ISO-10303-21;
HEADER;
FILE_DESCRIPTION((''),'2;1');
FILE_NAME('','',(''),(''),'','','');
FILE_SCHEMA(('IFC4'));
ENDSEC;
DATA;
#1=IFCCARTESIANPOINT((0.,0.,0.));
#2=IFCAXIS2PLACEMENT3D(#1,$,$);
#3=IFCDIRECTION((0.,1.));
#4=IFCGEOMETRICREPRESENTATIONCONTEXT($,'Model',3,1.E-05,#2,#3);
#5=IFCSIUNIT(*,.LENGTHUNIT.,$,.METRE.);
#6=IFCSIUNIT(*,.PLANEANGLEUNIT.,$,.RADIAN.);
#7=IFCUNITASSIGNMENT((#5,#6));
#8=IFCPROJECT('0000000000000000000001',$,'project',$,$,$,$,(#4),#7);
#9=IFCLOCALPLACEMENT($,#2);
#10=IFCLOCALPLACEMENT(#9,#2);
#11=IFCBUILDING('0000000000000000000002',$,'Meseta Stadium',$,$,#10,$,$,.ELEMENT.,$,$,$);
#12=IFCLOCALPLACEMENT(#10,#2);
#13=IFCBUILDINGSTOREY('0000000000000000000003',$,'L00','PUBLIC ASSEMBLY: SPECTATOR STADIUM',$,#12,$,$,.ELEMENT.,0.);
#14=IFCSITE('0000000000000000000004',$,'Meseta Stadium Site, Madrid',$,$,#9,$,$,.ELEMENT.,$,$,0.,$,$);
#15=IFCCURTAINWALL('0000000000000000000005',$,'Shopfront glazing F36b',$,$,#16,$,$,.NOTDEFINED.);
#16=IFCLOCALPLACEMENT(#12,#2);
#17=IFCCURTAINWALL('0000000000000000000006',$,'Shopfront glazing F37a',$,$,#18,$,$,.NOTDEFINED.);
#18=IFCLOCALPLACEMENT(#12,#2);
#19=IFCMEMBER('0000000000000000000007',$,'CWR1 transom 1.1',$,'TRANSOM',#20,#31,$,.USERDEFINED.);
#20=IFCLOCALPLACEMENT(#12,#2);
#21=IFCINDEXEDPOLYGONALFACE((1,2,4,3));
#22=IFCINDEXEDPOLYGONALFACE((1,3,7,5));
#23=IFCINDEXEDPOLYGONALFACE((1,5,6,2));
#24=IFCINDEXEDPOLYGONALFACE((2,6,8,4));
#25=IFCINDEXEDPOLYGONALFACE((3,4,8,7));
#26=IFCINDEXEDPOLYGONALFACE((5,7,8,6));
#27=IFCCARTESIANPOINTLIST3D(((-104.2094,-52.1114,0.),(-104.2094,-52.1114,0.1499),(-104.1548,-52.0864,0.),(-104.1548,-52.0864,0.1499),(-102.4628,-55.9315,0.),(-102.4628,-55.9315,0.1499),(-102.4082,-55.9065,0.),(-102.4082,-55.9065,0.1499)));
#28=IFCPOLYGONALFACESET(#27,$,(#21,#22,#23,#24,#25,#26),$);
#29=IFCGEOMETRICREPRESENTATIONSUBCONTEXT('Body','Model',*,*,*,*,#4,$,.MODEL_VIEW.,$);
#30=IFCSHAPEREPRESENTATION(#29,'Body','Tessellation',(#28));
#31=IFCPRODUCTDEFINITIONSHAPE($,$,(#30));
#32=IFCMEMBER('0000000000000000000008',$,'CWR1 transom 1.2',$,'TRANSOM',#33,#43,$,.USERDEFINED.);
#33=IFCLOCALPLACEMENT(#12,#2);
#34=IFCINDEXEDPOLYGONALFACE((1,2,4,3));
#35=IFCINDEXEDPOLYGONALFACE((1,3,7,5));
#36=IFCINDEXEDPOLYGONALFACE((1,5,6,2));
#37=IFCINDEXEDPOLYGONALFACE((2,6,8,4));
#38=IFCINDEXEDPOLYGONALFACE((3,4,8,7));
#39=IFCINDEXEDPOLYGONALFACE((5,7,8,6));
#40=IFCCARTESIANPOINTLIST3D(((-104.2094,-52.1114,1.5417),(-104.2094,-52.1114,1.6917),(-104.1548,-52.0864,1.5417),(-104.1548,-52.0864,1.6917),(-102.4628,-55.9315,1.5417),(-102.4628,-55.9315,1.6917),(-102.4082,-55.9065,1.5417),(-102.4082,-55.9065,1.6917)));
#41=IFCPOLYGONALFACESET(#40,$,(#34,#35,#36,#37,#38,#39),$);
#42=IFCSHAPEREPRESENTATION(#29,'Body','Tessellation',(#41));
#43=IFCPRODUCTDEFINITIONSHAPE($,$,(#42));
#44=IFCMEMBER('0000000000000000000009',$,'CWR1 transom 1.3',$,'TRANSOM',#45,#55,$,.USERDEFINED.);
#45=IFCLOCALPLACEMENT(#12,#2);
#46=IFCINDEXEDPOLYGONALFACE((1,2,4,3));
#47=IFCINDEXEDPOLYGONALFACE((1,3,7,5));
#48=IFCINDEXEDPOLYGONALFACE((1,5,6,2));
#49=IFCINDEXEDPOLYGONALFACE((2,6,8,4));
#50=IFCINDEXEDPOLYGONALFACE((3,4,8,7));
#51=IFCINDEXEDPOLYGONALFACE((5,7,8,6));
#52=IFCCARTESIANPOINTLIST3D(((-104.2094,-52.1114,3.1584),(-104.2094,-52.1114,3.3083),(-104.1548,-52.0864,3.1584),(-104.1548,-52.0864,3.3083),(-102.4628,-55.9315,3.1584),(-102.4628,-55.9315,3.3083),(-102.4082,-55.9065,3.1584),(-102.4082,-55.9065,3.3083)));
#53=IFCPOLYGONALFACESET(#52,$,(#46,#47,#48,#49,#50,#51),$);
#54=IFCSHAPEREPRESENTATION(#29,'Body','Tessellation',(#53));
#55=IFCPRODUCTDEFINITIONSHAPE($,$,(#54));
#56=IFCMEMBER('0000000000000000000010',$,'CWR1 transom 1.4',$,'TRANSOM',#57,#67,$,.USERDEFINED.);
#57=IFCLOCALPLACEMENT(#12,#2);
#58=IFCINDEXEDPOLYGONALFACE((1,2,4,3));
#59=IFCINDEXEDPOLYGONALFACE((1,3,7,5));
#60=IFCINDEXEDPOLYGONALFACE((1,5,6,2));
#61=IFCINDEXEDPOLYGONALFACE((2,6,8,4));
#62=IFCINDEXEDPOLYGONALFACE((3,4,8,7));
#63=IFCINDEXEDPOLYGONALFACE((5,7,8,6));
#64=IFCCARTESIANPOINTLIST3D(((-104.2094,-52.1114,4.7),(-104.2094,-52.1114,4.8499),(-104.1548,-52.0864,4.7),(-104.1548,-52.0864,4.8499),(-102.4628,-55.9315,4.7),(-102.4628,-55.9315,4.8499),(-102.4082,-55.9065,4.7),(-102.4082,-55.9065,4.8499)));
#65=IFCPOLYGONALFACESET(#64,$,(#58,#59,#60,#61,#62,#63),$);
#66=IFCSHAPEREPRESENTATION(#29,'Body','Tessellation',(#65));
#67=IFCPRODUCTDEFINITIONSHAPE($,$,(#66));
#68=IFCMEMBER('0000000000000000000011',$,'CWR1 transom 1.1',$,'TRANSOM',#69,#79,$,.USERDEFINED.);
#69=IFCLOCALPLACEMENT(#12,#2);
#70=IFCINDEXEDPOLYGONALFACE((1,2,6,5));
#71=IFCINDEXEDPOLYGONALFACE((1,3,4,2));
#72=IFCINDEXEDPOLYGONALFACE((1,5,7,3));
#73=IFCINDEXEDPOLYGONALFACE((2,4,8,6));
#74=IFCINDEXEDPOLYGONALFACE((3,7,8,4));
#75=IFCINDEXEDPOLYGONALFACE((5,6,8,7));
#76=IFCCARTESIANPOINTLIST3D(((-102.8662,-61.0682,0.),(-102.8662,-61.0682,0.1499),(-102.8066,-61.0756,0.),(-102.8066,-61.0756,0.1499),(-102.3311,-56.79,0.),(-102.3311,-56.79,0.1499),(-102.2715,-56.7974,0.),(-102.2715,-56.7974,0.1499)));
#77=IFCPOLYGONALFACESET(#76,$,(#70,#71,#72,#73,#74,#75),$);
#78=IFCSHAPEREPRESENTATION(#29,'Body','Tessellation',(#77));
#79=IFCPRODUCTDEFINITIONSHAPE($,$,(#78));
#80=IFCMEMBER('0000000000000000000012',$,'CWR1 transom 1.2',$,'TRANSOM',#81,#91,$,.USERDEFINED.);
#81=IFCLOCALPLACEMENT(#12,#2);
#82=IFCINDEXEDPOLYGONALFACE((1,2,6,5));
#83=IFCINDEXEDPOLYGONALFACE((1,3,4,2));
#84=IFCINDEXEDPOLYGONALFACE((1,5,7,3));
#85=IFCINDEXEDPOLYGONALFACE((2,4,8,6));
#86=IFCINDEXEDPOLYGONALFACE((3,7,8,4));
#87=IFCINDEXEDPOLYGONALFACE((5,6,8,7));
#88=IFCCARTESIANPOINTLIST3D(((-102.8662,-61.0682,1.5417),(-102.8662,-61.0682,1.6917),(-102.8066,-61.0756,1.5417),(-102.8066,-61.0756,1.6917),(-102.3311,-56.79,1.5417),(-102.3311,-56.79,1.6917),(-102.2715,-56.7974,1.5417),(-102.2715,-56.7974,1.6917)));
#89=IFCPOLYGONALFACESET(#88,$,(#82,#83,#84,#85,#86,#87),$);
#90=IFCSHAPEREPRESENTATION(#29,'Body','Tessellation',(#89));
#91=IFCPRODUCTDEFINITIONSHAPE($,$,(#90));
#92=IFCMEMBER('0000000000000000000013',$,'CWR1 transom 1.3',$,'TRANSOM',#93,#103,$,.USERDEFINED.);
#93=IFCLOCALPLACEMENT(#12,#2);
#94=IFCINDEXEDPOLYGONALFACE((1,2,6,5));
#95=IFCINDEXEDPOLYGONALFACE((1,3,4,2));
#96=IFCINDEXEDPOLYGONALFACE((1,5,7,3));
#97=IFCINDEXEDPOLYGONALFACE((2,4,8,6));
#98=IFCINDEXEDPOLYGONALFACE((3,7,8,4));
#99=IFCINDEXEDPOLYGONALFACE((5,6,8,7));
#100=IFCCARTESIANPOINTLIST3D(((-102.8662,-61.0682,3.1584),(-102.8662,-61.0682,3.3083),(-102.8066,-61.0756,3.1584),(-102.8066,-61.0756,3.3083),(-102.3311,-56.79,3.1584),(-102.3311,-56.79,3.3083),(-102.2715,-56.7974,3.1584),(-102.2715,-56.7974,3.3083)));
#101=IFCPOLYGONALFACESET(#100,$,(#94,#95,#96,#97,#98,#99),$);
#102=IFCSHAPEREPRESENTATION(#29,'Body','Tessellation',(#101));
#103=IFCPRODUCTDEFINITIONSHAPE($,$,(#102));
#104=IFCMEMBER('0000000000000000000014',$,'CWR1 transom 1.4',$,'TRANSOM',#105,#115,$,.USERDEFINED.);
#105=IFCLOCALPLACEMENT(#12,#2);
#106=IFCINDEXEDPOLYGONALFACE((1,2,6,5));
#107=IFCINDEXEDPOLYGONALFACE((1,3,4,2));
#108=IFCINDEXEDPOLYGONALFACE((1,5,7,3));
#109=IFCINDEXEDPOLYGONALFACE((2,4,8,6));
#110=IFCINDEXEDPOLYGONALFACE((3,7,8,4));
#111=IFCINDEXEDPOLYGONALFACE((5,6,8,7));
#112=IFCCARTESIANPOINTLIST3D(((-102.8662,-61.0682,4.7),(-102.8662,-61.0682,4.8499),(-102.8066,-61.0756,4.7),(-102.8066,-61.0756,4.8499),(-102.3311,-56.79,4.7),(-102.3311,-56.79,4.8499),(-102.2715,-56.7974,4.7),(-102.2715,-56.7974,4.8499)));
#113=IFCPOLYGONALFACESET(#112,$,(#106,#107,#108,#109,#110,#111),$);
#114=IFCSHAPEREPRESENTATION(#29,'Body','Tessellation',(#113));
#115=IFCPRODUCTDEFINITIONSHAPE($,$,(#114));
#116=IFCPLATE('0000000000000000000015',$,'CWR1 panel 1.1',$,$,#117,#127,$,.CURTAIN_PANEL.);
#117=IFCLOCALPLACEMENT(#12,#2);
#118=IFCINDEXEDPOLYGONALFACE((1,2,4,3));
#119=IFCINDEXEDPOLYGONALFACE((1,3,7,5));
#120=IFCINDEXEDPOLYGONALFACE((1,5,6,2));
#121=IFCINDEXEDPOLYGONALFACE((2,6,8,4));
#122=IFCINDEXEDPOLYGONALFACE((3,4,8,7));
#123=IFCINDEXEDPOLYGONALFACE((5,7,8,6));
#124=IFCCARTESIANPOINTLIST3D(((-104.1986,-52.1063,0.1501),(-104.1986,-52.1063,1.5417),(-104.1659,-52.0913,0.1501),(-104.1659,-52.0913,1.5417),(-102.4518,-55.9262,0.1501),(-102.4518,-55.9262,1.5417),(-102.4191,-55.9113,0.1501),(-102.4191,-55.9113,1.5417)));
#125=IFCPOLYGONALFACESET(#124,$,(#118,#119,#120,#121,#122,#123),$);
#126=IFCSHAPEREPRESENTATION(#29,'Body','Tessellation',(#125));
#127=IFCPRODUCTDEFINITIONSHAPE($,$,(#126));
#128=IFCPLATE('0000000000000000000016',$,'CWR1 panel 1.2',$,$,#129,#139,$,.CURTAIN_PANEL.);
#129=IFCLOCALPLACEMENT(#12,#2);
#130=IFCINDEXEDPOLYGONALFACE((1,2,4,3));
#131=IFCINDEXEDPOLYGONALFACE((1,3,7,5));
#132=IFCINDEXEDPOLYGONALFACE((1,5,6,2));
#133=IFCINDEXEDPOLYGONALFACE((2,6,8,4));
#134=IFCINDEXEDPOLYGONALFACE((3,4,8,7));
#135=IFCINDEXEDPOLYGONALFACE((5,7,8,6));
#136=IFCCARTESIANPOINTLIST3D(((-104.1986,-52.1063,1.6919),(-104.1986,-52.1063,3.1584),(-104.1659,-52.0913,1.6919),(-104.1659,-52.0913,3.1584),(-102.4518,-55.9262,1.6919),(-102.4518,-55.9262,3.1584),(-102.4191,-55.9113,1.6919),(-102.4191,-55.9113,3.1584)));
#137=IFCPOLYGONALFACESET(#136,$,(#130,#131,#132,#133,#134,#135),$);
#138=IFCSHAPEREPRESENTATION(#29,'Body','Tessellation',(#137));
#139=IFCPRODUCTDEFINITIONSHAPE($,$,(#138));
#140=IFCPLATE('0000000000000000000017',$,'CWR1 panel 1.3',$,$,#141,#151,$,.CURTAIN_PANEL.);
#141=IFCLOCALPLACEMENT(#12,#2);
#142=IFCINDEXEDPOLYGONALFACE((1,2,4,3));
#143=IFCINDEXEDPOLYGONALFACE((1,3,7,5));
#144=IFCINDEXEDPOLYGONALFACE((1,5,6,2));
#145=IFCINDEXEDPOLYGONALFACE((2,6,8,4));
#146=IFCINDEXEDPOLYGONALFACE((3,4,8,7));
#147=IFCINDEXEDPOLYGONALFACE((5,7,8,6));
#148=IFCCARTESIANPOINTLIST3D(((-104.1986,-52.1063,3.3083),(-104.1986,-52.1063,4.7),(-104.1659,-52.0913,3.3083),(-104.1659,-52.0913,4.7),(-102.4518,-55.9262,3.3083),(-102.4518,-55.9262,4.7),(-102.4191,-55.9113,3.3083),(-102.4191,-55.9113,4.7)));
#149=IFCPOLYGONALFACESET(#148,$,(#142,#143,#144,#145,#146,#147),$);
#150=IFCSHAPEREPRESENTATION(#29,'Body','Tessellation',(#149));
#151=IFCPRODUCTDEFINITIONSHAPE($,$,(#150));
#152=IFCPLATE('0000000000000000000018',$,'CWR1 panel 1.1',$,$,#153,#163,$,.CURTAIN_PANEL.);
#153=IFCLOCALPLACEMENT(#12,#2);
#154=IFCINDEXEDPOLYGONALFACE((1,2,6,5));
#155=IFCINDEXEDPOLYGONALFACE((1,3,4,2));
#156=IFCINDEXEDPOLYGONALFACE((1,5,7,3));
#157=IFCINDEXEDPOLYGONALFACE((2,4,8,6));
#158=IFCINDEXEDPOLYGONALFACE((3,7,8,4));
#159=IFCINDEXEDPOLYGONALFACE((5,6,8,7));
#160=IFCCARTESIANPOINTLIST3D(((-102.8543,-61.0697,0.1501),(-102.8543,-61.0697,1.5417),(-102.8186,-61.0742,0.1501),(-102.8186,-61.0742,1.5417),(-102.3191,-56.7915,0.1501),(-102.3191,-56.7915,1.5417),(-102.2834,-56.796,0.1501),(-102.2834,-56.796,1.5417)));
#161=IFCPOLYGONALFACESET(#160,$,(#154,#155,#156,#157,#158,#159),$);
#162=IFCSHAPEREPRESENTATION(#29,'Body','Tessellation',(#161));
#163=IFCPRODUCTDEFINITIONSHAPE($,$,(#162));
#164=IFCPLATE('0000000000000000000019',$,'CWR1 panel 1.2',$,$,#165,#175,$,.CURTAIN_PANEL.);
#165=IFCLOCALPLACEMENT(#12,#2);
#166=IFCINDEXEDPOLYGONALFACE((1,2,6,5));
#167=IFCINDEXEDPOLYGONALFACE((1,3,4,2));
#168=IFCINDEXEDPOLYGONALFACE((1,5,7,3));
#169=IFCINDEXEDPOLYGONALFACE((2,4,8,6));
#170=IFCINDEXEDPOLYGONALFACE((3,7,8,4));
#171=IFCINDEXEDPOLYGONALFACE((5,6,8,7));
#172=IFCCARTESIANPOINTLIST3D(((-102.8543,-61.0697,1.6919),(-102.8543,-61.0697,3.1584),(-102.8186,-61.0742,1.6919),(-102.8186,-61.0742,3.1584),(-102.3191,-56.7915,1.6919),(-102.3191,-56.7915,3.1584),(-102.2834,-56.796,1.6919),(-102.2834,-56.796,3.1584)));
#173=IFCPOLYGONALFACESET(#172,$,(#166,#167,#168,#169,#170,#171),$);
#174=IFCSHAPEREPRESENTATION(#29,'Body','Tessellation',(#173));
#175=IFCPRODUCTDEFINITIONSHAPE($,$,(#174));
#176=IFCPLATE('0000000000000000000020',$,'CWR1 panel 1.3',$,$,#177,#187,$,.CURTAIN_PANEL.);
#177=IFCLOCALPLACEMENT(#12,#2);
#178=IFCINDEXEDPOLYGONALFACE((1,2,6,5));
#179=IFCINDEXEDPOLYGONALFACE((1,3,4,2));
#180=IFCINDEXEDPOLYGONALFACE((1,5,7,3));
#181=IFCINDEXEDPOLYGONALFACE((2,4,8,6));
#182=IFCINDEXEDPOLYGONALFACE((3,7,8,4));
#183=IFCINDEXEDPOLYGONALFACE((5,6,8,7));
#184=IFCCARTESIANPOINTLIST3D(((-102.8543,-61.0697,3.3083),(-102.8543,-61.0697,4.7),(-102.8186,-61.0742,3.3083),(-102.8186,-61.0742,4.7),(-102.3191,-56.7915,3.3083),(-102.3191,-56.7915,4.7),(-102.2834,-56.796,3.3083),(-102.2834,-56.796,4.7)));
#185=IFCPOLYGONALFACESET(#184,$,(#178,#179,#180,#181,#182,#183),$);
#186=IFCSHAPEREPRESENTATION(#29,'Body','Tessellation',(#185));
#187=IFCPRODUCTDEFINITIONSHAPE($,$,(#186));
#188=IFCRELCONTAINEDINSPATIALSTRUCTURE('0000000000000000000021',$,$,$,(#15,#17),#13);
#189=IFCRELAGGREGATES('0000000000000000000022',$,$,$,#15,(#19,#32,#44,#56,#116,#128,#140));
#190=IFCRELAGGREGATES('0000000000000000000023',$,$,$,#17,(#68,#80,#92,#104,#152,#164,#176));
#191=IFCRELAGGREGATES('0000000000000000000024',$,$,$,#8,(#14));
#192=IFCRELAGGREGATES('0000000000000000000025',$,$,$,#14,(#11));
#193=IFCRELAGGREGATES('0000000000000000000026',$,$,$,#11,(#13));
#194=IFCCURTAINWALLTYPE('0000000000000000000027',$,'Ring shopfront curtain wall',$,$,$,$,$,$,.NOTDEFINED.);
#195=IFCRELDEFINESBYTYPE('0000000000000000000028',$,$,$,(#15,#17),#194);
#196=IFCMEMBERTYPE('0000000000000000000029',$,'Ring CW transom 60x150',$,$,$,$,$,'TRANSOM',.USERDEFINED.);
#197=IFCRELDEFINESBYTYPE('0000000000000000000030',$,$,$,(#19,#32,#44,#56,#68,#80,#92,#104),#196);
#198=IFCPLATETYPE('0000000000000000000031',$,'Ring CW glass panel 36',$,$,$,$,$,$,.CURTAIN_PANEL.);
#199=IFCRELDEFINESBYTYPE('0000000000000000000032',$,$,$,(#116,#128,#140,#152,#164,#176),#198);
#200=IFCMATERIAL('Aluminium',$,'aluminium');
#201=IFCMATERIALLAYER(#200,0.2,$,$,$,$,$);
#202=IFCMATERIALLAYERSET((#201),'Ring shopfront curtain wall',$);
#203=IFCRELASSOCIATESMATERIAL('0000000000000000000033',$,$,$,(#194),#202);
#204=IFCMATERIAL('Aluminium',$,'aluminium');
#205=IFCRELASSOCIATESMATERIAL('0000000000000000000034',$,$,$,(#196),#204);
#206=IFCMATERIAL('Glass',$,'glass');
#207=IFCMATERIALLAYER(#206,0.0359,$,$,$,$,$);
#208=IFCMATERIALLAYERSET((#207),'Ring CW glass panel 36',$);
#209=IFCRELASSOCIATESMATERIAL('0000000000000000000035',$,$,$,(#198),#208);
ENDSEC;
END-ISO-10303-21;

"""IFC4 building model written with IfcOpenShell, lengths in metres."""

from ifc_helpers import new_model, si_unit, direction, frame, origin, origin_2d, place, context, subcontext, project, spatial, rectangle, extrude, material, layer, layer_set, material_profile, profile_set, type_object, element, aggregate, save


model = new_model("IFC4")

# Units and contexts
model_context = context("Model", 3, precision=1e-05, world=origin(), true_north=direction((0.0, 1.0)))
body_context = subcontext(model_context, "Body", "Model", "MODEL_VIEW")
ifc_project = project(units=[si_unit("LENGTHUNIT", "METRE"), si_unit("PLANEANGLEUNIT", "RADIAN")], contexts=[model_context])

# Site, building, storey
site_placement = place(None, origin())
site = spatial("IfcSite", under=ifc_project, at=site_placement, Name="Meseta Stadium Site, Madrid", CompositionType="ELEMENT", RefElevation=0.0)
building_placement = place(site_placement, origin())
building = spatial("IfcBuilding", under=site, at=building_placement, Name="Meseta Stadium", CompositionType="ELEMENT")
storey_placement = place(building_placement, origin())
storey = spatial("IfcBuildingStorey", under=building, at=storey_placement, Name="L00", Description="PUBLIC ASSEMBLY: SPECTATOR STADIUM", CompositionType="ELEMENT", Elevation=0.0)

# Shared definitions
ifc_material_1 = material(Name="Aluminium", Category="aluminium")
ifc_layer_1 = layer(ifc_material_1, 0.2)
ifc_layer_set_1 = layer_set([ifc_layer_1], Name="Ring shopfront curtain wall")
curtain_wall_type = type_object("IfcCurtainWallType", Name="Ring shopfront curtain wall", PredefinedType="NOTDEFINED", material=ifc_layer_set_1)

# Curtain walls
curtain_wall_1_placement = place(storey_placement, origin())
curtain_wall_1 = element("IfcCurtainWall", 1, at=curtain_wall_1_placement, inside=storey, type_object=curtain_wall_type, Name="Shopfront glazing F36b", PredefinedType="NOTDEFINED")
curtain_wall_2_placement = place(storey_placement, origin())
curtain_wall_2 = element("IfcCurtainWall", 2, at=curtain_wall_2_placement, inside=storey, type_object=curtain_wall_type, Name="Shopfront glazing F37a", PredefinedType="NOTDEFINED")

# Members
ifc_material_2 = material(Name="Aluminium", Category="aluminium")
ifc_material_profile_1 = material_profile(ifc_material_2, rectangle(XDim=0.0601, YDim=0.1499, at=origin_2d()), Name="CW 60x150")
ifc_profile_set_1 = profile_set([ifc_material_profile_1], Name="Aluminium")
member_type_1 = type_object("IfcMemberType", Name="Ring CW transom 60x150", ElementType="TRANSOM", PredefinedType="USERDEFINED", material=ifc_profile_set_1)
member_1_placement = place(storey_placement, frame((-104.1821, -52.0989, 0.075), z_axis=(0.415812, -0.909451, 0.0), x_axis=(0.909451, 0.415812, 0.0)))
member_1 = element("IfcMember", 3, at=member_1_placement, type_object=member_type_1, Name="CWR1 transom 1.1", ObjectType="TRANSOM", PredefinedType="USERDEFINED", context=body_context, shape_type="SweptSolid", body=[
    extrude(rectangle(XDim=0.0601, YDim=0.1499, at=origin_2d()), origin(), (0.0, 0.0, 1.0), 4.2004),
])
member_2_placement = place(storey_placement, frame((-104.1821, -52.0989, 1.6167), z_axis=(0.415812, -0.909451, 0.0), x_axis=(0.909451, 0.415812, 0.0)))
member_2 = element("IfcMember", 4, at=member_2_placement, type_object=member_type_1, Name="CWR1 transom 1.2", ObjectType="TRANSOM", PredefinedType="USERDEFINED", context=body_context, shape_type="SweptSolid", body=[
    extrude(rectangle(XDim=0.0601, YDim=0.1499, at=origin_2d()), origin(), (0.0, 0.0, 1.0), 4.2004),
])
member_3_placement = place(storey_placement, frame((-104.1821, -52.0989, 3.2334), z_axis=(0.415812, -0.909451, 0.0), x_axis=(0.909451, 0.415812, 0.0)))
member_3 = element("IfcMember", 5, at=member_3_placement, type_object=member_type_1, Name="CWR1 transom 1.3", ObjectType="TRANSOM", PredefinedType="USERDEFINED", context=body_context, shape_type="SweptSolid", body=[
    extrude(rectangle(XDim=0.0601, YDim=0.1499, at=origin_2d()), origin(), (0.0, 0.0, 1.0), 4.2004),
])
member_4_placement = place(storey_placement, frame((-104.1821, -52.0989, 4.7749), z_axis=(0.415812, -0.909451, 0.0), x_axis=(0.909451, 0.415812, 0.0)))
member_4 = element("IfcMember", 6, at=member_4_placement, type_object=member_type_1, Name="CWR1 transom 1.4", ObjectType="TRANSOM", PredefinedType="USERDEFINED", context=body_context, shape_type="SweptSolid", body=[
    extrude(rectangle(XDim=0.0601, YDim=0.1499, at=origin_2d()), origin(), (0.0, 0.0, 1.0), 4.2004),
])
member_5_placement = place(storey_placement, frame((-102.3013, -56.7937, 0.075), z_axis=(-0.124125, -0.992267, 0.0), x_axis=(0.992267, -0.124125, 0.0)))
member_5 = element("IfcMember", 7, at=member_5_placement, type_object=member_type_1, Name="CWR1 transom 1.1", ObjectType="TRANSOM", PredefinedType="USERDEFINED", context=body_context, shape_type="SweptSolid", body=[
    extrude(rectangle(XDim=0.0601, YDim=0.1499, at=origin_2d()), origin(), (0.0, 0.0, 1.0), 4.3115),
])
member_6_placement = place(storey_placement, frame((-102.3013, -56.7937, 1.6167), z_axis=(-0.124125, -0.992267, 0.0), x_axis=(0.992267, -0.124125, 0.0)))
member_6 = element("IfcMember", 8, at=member_6_placement, type_object=member_type_1, Name="CWR1 transom 1.2", ObjectType="TRANSOM", PredefinedType="USERDEFINED", context=body_context, shape_type="SweptSolid", body=[
    extrude(rectangle(XDim=0.0601, YDim=0.1499, at=origin_2d()), origin(), (0.0, 0.0, 1.0), 4.3115),
])
member_7_placement = place(storey_placement, frame((-102.3013, -56.7937, 3.2334), z_axis=(-0.124125, -0.992267, 0.0), x_axis=(0.992267, -0.124125, 0.0)))
member_7 = element("IfcMember", 9, at=member_7_placement, type_object=member_type_1, Name="CWR1 transom 1.3", ObjectType="TRANSOM", PredefinedType="USERDEFINED", context=body_context, shape_type="SweptSolid", body=[
    extrude(rectangle(XDim=0.0601, YDim=0.1499, at=origin_2d()), origin(), (0.0, 0.0, 1.0), 4.3115),
])
member_8_placement = place(storey_placement, frame((-102.3013, -56.7937, 4.7749), z_axis=(-0.124125, -0.992267, 0.0), x_axis=(0.992267, -0.124125, 0.0)))
member_8 = element("IfcMember", 10, at=member_8_placement, type_object=member_type_1, Name="CWR1 transom 1.4", ObjectType="TRANSOM", PredefinedType="USERDEFINED", context=body_context, shape_type="SweptSolid", body=[
    extrude(rectangle(XDim=0.0601, YDim=0.1499, at=origin_2d()), origin(), (0.0, 0.0, 1.0), 4.3115),
])

# Plates
ifc_material_3 = material(Name="Glass", Category="glass")
ifc_layer_2 = layer(ifc_material_3, 0.0359)
ifc_layer_set_2 = layer_set([ifc_layer_2], Name="Ring CW glass panel 36")
plate_type = type_object("IfcPlateType", Name="Ring CW glass panel 36", PredefinedType="CURTAIN_PANEL", material=ifc_layer_set_2)
plate_1_placement = place(storey_placement, frame((-103.3088, -54.0088, 0.1501), z_axis=(0.0, 0.0, 1.0), x_axis=(0.415863, -0.909427, 0.0)))
plate_1 = element("IfcPlate", 11, at=plate_1_placement, type_object=plate_type, Name="CWR1 panel 1.1", PredefinedType="CURTAIN_PANEL", context=body_context, shape_type="SweptSolid", body=[
    extrude(rectangle(XDim=4.2004, YDim=0.0359, at=origin_2d()), origin(), (0.0, 0.0, 1.0), 1.3916),
])
plate_2_placement = place(storey_placement, frame((-103.3088, -54.0088, 1.6919), z_axis=(0.0, 0.0, 1.0), x_axis=(0.415863, -0.909427, 0.0)))
plate_2 = element("IfcPlate", 12, at=plate_2_placement, type_object=plate_type, Name="CWR1 panel 1.2", PredefinedType="CURTAIN_PANEL", context=body_context, shape_type="SweptSolid", body=[
    extrude(rectangle(XDim=4.2004, YDim=0.0359, at=origin_2d()), origin(), (0.0, 0.0, 1.0), 1.4666),
])
plate_3_placement = place(storey_placement, frame((-103.3088, -54.0088, 3.3083), z_axis=(0.0, 0.0, 1.0), x_axis=(0.415863, -0.909427, 0.0)))
plate_3 = element("IfcPlate", 13, at=plate_3_placement, type_object=plate_type, Name="CWR1 panel 1.3", PredefinedType="CURTAIN_PANEL", context=body_context, shape_type="SweptSolid", body=[
    extrude(rectangle(XDim=4.2004, YDim=0.0359, at=origin_2d()), origin(), (0.0, 0.0, 1.0), 1.3916),
])
aggregate(curtain_wall_1, [member_1, member_2, member_3, member_4, plate_1, plate_2, plate_3])
plate_4_placement = place(storey_placement, frame((-102.5688, -58.9329, 0.1501), z_axis=(0.0, 0.0, 1.0), x_axis=(-0.124132, -0.992266, 0.0)))
plate_4 = element("IfcPlate", 14, at=plate_4_placement, type_object=plate_type, Name="CWR1 panel 1.1", PredefinedType="CURTAIN_PANEL", context=body_context, shape_type="SweptSolid", body=[
    extrude(rectangle(XDim=4.3115, YDim=0.0359, at=origin_2d()), origin(), (0.0, 0.0, 1.0), 1.3916),
])
plate_5_placement = place(storey_placement, frame((-102.5688, -58.9329, 1.6919), z_axis=(0.0, 0.0, 1.0), x_axis=(-0.124132, -0.992266, 0.0)))
plate_5 = element("IfcPlate", 15, at=plate_5_placement, type_object=plate_type, Name="CWR1 panel 1.2", PredefinedType="CURTAIN_PANEL", context=body_context, shape_type="SweptSolid", body=[
    extrude(rectangle(XDim=4.3115, YDim=0.0359, at=origin_2d()), origin(), (0.0, 0.0, 1.0), 1.4666),
])
plate_6_placement = place(storey_placement, frame((-102.5688, -58.9329, 3.3083), z_axis=(0.0, 0.0, 1.0), x_axis=(-0.124132, -0.992266, 0.0)))
plate_6 = element("IfcPlate", 16, at=plate_6_placement, type_object=plate_type, Name="CWR1 panel 1.3", PredefinedType="CURTAIN_PANEL", context=body_context, shape_type="SweptSolid", body=[
    extrude(rectangle(XDim=4.3115, YDim=0.0359, at=origin_2d()), origin(), (0.0, 0.0, 1.0), 1.3916),
])
aggregate(curtain_wall_2, [member_5, member_6, member_7, member_8, plate_4, plate_5, plate_6])

save(model, "model.ifc")
